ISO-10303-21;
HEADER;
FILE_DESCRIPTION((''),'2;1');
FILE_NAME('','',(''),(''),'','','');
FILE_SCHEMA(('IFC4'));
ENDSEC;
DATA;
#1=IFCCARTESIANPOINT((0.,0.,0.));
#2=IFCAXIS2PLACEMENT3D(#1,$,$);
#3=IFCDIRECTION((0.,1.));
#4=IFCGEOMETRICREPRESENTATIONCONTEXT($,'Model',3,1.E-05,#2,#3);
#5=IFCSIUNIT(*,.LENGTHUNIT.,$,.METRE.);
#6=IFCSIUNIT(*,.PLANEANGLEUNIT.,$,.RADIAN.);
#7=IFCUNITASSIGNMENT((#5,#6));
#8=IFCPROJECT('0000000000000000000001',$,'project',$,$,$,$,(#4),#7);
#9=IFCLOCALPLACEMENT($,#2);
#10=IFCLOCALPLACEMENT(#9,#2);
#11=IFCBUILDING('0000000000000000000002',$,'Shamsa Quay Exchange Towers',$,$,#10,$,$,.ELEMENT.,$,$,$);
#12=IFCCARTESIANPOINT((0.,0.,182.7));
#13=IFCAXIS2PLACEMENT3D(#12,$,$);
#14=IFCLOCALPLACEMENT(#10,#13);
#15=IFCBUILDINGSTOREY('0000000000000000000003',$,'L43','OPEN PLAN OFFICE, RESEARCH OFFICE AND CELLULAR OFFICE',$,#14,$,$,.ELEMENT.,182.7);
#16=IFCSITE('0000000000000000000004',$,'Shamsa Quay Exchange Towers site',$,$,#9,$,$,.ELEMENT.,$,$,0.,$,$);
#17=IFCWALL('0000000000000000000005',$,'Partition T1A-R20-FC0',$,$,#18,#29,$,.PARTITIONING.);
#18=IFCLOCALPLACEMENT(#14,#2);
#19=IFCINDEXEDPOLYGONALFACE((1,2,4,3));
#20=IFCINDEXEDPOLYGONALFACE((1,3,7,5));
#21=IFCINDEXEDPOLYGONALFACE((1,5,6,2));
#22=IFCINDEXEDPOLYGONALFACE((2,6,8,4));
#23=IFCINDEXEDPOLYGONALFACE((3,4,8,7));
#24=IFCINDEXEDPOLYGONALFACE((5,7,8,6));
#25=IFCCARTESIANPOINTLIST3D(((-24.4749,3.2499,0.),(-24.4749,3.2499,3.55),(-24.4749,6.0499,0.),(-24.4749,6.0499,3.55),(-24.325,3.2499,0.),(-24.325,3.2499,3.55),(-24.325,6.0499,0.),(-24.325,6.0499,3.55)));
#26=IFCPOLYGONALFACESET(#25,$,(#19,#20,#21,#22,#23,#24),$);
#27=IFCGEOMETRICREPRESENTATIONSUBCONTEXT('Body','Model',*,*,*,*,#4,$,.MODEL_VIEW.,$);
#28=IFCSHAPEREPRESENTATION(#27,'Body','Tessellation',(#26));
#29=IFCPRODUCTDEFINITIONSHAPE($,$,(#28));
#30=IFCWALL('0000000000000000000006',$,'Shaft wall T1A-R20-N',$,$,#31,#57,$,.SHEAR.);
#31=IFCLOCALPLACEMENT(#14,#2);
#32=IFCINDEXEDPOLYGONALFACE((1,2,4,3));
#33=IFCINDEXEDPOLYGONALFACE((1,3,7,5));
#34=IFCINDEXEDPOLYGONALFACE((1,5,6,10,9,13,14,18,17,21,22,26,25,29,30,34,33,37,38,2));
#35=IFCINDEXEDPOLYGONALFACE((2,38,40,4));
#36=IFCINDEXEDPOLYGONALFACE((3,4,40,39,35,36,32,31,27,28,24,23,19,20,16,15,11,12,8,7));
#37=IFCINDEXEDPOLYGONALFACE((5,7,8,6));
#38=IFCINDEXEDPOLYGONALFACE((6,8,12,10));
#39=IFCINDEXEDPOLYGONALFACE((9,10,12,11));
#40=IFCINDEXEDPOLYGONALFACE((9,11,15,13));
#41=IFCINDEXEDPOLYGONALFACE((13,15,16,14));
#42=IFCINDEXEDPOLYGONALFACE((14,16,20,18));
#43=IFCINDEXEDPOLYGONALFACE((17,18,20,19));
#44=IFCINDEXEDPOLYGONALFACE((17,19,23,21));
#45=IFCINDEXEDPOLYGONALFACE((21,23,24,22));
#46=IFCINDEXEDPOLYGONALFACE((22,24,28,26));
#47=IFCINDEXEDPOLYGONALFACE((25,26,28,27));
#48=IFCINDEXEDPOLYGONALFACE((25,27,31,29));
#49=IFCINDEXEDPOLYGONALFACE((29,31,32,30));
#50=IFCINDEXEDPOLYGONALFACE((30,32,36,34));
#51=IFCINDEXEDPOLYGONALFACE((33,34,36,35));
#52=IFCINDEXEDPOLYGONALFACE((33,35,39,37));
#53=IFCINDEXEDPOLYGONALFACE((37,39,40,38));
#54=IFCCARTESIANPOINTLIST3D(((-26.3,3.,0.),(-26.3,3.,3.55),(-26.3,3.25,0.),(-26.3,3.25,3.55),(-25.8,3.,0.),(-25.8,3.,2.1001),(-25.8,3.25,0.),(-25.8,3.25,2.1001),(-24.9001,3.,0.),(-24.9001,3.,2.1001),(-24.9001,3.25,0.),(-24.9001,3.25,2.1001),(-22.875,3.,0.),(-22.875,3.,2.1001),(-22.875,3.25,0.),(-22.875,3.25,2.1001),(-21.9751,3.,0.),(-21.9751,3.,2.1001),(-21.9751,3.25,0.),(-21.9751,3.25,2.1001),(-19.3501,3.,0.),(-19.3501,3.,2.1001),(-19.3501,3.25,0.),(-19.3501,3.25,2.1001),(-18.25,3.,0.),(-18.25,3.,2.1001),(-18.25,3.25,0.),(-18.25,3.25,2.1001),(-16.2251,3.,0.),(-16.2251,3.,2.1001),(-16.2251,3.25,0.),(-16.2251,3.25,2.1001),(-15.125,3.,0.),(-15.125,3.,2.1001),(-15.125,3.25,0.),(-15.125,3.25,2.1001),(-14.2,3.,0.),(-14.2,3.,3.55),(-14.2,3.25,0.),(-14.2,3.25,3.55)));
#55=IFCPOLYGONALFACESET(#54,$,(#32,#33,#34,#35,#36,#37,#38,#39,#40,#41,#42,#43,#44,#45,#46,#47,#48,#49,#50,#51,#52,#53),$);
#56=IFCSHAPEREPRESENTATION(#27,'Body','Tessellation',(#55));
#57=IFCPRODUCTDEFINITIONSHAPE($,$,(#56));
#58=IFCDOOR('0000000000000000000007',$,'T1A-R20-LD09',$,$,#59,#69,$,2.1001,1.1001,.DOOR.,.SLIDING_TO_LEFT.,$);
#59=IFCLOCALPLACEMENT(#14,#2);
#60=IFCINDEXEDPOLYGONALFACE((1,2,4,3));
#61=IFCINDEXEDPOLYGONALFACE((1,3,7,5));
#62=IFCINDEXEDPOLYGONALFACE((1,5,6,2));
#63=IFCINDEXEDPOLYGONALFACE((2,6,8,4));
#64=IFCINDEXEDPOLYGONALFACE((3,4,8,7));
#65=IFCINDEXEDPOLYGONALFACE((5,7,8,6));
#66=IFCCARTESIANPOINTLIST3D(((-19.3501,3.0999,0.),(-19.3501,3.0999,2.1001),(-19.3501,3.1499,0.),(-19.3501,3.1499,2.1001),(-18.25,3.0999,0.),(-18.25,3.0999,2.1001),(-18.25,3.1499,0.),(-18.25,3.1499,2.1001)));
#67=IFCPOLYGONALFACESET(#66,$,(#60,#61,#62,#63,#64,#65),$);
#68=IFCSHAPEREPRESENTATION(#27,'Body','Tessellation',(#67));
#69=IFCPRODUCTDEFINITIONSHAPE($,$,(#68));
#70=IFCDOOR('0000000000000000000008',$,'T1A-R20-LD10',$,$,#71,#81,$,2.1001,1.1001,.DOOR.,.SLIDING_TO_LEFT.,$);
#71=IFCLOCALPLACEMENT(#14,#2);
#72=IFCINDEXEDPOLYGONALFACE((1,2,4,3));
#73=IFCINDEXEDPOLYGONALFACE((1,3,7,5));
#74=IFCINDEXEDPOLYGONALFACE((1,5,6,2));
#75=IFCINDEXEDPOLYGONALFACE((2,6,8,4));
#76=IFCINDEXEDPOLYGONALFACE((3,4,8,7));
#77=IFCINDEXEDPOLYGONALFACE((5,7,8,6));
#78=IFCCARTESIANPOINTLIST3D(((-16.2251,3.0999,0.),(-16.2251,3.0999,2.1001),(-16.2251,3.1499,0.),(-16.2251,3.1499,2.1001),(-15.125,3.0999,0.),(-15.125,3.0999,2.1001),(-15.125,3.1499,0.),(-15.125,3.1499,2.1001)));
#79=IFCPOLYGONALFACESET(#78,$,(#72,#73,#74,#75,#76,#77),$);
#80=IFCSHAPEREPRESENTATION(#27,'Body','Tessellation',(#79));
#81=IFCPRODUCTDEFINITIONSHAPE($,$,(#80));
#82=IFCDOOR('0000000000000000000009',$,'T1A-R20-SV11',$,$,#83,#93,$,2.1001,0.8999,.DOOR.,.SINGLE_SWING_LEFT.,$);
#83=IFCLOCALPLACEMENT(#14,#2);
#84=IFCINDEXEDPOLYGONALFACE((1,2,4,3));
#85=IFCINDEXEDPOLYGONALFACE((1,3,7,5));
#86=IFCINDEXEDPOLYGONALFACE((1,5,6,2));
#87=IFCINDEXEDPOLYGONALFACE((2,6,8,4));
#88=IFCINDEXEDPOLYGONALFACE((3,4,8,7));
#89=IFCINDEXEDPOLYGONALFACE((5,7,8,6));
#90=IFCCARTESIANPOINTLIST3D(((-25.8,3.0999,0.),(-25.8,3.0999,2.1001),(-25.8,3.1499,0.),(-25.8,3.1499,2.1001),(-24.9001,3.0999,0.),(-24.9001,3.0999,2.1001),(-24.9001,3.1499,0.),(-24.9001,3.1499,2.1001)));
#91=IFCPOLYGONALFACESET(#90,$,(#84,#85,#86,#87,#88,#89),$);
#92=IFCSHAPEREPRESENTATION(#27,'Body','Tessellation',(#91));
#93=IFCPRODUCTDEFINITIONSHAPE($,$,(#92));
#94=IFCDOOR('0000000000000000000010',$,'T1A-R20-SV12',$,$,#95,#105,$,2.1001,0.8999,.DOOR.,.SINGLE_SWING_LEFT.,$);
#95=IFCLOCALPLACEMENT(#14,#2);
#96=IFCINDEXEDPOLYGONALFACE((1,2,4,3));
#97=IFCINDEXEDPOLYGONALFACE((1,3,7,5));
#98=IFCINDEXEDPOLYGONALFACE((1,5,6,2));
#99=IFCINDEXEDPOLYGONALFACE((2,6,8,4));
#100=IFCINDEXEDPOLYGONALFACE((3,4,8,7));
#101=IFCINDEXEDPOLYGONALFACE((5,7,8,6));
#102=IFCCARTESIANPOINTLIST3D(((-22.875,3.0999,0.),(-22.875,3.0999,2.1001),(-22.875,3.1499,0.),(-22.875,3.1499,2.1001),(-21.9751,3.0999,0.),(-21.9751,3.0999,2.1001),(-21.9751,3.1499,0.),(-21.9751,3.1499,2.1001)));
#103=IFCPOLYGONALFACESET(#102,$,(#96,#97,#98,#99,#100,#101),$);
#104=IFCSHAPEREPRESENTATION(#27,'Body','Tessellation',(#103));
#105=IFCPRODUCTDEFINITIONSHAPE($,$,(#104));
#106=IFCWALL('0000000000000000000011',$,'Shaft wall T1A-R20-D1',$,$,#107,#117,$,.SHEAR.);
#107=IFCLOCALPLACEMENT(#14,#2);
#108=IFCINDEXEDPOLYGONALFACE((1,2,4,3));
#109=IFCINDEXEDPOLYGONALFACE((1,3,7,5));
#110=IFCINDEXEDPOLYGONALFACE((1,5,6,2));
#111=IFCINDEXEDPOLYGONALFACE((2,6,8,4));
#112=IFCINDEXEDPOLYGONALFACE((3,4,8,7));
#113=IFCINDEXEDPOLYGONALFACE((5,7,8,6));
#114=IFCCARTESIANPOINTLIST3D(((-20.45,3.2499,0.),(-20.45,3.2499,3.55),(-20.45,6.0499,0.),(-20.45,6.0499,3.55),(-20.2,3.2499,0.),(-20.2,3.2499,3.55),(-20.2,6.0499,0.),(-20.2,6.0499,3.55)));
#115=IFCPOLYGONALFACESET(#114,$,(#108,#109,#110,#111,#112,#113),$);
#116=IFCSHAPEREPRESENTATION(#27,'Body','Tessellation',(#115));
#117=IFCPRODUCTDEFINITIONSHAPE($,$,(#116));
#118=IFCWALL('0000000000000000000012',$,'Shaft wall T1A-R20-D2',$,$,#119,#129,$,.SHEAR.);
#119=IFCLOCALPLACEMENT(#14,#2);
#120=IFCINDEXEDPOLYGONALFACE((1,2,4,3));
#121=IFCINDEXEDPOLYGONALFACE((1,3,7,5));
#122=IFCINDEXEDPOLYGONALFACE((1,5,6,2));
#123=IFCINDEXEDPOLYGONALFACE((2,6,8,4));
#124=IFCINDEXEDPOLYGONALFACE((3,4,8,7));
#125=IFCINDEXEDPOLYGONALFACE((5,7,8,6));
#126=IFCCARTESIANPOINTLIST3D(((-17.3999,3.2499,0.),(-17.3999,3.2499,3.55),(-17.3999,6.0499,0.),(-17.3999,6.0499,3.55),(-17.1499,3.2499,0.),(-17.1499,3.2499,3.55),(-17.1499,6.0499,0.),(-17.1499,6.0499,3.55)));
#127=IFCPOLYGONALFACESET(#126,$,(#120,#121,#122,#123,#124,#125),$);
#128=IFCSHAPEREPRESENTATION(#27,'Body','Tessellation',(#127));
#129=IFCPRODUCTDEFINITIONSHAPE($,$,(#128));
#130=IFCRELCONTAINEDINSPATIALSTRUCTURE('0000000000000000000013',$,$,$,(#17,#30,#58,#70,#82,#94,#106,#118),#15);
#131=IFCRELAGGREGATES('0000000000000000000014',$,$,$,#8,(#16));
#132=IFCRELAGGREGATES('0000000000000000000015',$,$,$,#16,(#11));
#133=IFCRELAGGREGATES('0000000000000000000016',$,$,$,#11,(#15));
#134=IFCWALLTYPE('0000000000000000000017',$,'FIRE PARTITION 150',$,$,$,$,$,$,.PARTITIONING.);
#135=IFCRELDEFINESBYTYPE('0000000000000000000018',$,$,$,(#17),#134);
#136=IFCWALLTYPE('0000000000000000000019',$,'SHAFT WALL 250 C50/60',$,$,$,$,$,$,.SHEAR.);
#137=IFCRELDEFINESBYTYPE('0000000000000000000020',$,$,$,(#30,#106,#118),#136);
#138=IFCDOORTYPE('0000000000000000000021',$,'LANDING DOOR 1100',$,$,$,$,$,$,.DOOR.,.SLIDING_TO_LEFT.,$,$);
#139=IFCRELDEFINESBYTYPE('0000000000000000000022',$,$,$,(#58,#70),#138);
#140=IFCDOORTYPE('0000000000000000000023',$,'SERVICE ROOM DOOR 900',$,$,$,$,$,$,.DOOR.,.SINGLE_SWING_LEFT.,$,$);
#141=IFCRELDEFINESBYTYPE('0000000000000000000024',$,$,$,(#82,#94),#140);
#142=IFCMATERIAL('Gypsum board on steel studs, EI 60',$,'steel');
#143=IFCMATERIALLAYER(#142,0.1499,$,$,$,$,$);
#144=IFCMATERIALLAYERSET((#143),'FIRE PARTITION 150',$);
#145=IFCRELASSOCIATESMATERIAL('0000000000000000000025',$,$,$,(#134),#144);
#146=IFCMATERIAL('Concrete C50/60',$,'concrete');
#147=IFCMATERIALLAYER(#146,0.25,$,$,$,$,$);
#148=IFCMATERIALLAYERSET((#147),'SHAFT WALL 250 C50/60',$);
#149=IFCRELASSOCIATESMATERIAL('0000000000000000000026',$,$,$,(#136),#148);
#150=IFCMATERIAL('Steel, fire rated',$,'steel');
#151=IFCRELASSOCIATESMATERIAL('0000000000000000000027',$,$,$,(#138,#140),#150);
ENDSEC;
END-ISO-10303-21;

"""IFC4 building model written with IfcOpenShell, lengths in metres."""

from ifc_helpers import new_model, si_unit, direction, frame, frame_2d, origin, place, context, subcontext, project, spatial, rectangle, extrude, material, layer, layer_set, type_object, element, fill, save


model = new_model("IFC4")

# Units and contexts
model_context = context("Model", 3, precision=1e-05, world=origin(), true_north=direction((0.0, 1.0)))
body_context = subcontext(model_context, "Body", "Model", "MODEL_VIEW")
ifc_project = project(units=[si_unit("LENGTHUNIT", "METRE"), si_unit("PLANEANGLEUNIT", "RADIAN")], contexts=[model_context])

# Site, building, storey
site_placement = place(None, origin())
site = spatial("IfcSite", under=ifc_project, at=site_placement, Name="Shamsa Quay Exchange Towers site", CompositionType="ELEMENT", RefElevation=0.0)
building_placement = place(site_placement, origin())
building = spatial("IfcBuilding", under=site, at=building_placement, Name="Shamsa Quay Exchange Towers", CompositionType="ELEMENT")
storey_placement = place(building_placement, frame((0.0, 0.0, 182.7)))
storey = spatial("IfcBuildingStorey", under=building, at=storey_placement, Name="L43", Description="OPEN PLAN OFFICE, RESEARCH OFFICE AND CELLULAR OFFICE", CompositionType="ELEMENT", Elevation=182.7)

# Shared definitions
ifc_material_1 = material(Name="Steel, fire rated", Category="steel")

# Wall
ifc_material_2 = material(Name="Gypsum board on steel studs, EI 60", Category="steel")
ifc_layer_1 = layer(ifc_material_2, 0.1499)
ifc_layer_set_1 = layer_set([ifc_layer_1], Name="FIRE PARTITION 150")
wall_type_1 = type_object("IfcWallType", Name="FIRE PARTITION 150", PredefinedType="PARTITIONING", material=ifc_layer_set_1)
wall_1_placement = place(storey_placement, frame((-24.3999, 3.25, 0.0), z_axis=(0.0, 0.0, 1.0), x_axis=(0.0, 1.0, 0.0)))
element("IfcWall", 1, at=wall_1_placement, inside=storey, type_object=wall_type_1, Name="Partition T1A-R20-FC0", PredefinedType="PARTITIONING", context=body_context, shape_type="SweptSolid", body=[
    extrude(rectangle(XDim=2.8, YDim=0.1499, at=frame_2d((1.3999, 0.0))), origin(), (0.0, 0.0, 1.0), 3.55),
])

# Wall, openings, doors
ifc_material_3 = material(Name="Concrete C50/60", Category="concrete")
ifc_layer_2 = layer(ifc_material_3, 0.25)
ifc_layer_set_2 = layer_set([ifc_layer_2], Name="SHAFT WALL 250 C50/60")
wall_type_2 = type_object("IfcWallType", Name="SHAFT WALL 250 C50/60", PredefinedType="SHEAR", material=ifc_layer_set_2)
wall_2_placement = place(storey_placement, frame((-26.3, 3.125, 0.0)))
wall_2 = element("IfcWall", 2, at=wall_2_placement, inside=storey, type_object=wall_type_2, Name="Shaft wall T1A-R20-N", PredefinedType="SHEAR", context=body_context, shape_type="SweptSolid", body=[
    extrude(rectangle(XDim=12.1001, YDim=0.25, at=frame_2d((6.05, 0.0))), origin(), (0.0, 0.0, 1.0), 3.55),
])
opening_1_placement = place(wall_2_placement, frame((6.95, 0.0, 0.0)))
opening_1 = element("IfcOpeningElement", 3, at=opening_1_placement, cuts=wall_2, PredefinedType="OPENING", context=body_context, shape_type="SweptSolid", body=[
    extrude(rectangle(XDim=1.1001, YDim=2.1001, at=frame_2d((0.55, 1.05))), frame((0.0, 0.135, 0.0), z_axis=(0.0, -1.0, 0.0), x_axis=(1.0, 0.0, 0.0)), (0.0, 0.0, 1.0), 0.27),
])
opening_2_placement = place(wall_2_placement, frame((10.075, 0.0, 0.0)))
opening_2 = element("IfcOpeningElement", 4, at=opening_2_placement, cuts=wall_2, PredefinedType="OPENING", context=body_context, shape_type="SweptSolid", body=[
    extrude(rectangle(XDim=1.1001, YDim=2.1001, at=frame_2d((0.55, 1.05))), frame((0.0, 0.135, 0.0), z_axis=(0.0, -1.0, 0.0), x_axis=(1.0, 0.0, 0.0)), (0.0, 0.0, 1.0), 0.27),
])
opening_3_placement = place(wall_2_placement, frame((0.5, 0.0, 0.0)))
opening_3 = element("IfcOpeningElement", 5, at=opening_3_placement, cuts=wall_2, PredefinedType="OPENING", context=body_context, shape_type="SweptSolid", body=[
    extrude(rectangle(XDim=0.8999, YDim=2.1001, at=frame_2d((0.45, 1.05))), frame((0.0, 0.135, 0.0), z_axis=(0.0, -1.0, 0.0), x_axis=(1.0, 0.0, 0.0)), (0.0, 0.0, 1.0), 0.27),
])
opening_4_placement = place(wall_2_placement, frame((3.425, 0.0, 0.0)))
opening_4 = element("IfcOpeningElement", 6, at=opening_4_placement, cuts=wall_2, PredefinedType="OPENING", context=body_context, shape_type="SweptSolid", body=[
    extrude(rectangle(XDim=0.8999, YDim=2.1001, at=frame_2d((0.45, 1.05))), frame((0.0, 0.135, 0.0), z_axis=(0.0, -1.0, 0.0), x_axis=(1.0, 0.0, 0.0)), (0.0, 0.0, 1.0), 0.27),
])
door_type_1 = type_object("IfcDoorType", Name="LANDING DOOR 1100", OperationType="SLIDING_TO_LEFT", PredefinedType="DOOR", material=ifc_material_1)
door_1_placement = place(opening_1_placement, origin())
door_1 = element("IfcDoor", 7, at=door_1_placement, inside=storey, type_object=door_type_1, Name="T1A-R20-LD09", OperationType="SLIDING_TO_LEFT", OverallHeight=2.1001, OverallWidth=1.1001, PredefinedType="DOOR", context=body_context, shape_type="SweptSolid", body=[
    extrude(rectangle(XDim=1.1001, YDim=2.1001, at=frame_2d((0.55, 1.05))), frame((0.0, 0.0249, 0.0), z_axis=(0.0, -1.0, 0.0), x_axis=(1.0, 0.0, 0.0)), (0.0, 0.0, 1.0), 0.05),
])
fill(opening_1, door_1)
door_2_placement = place(opening_2_placement, origin())
door_2 = element("IfcDoor", 8, at=door_2_placement, inside=storey, type_object=door_type_1, Name="T1A-R20-LD10", OperationType="SLIDING_TO_LEFT", OverallHeight=2.1001, OverallWidth=1.1001, PredefinedType="DOOR", context=body_context, shape_type="SweptSolid", body=[
    extrude(rectangle(XDim=1.1001, YDim=2.1001, at=frame_2d((0.55, 1.05))), frame((0.0, 0.0249, 0.0), z_axis=(0.0, -1.0, 0.0), x_axis=(1.0, 0.0, 0.0)), (0.0, 0.0, 1.0), 0.05),
])
fill(opening_2, door_2)
door_type_2 = type_object("IfcDoorType", Name="SERVICE ROOM DOOR 900", OperationType="SINGLE_SWING_LEFT", PredefinedType="DOOR", material=ifc_material_1)
door_3_placement = place(opening_3_placement, origin())
door_3 = element("IfcDoor", 9, at=door_3_placement, inside=storey, type_object=door_type_2, Name="T1A-R20-SV11", OperationType="SINGLE_SWING_LEFT", OverallHeight=2.1001, OverallWidth=0.8999, PredefinedType="DOOR", context=body_context, shape_type="SweptSolid", body=[
    extrude(rectangle(XDim=0.8999, YDim=2.1001, at=frame_2d((0.45, 1.05))), frame((0.0, 0.0249, 0.0), z_axis=(0.0, -1.0, 0.0), x_axis=(1.0, 0.0, 0.0)), (0.0, 0.0, 1.0), 0.05),
])
fill(opening_3, door_3)
door_4_placement = place(opening_4_placement, origin())
door_4 = element("IfcDoor", 10, at=door_4_placement, inside=storey, type_object=door_type_2, Name="T1A-R20-SV12", OperationType="SINGLE_SWING_LEFT", OverallHeight=2.1001, OverallWidth=0.8999, PredefinedType="DOOR", context=body_context, shape_type="SweptSolid", body=[
    extrude(rectangle(XDim=0.8999, YDim=2.1001, at=frame_2d((0.45, 1.05))), frame((0.0, 0.0249, 0.0), z_axis=(0.0, -1.0, 0.0), x_axis=(1.0, 0.0, 0.0)), (0.0, 0.0, 1.0), 0.05),
])
fill(opening_4, door_4)

# Walls
for number, where, z_axis, x_axis, name in (
    (11, (-20.325, 3.25, 0.0), (0.0, 0.0, 1.0), (0.0, 1.0, 0.0), "Shaft wall T1A-R20-D1"),
    (12, (-17.2749, 3.25, 0.0), (0.0, 0.0, 1.0), (0.0, 1.0, 0.0), "Shaft wall T1A-R20-D2"),
):
    element("IfcWall", number, at=place(storey_placement, frame(where, z_axis=z_axis, x_axis=x_axis)), inside=storey, type_object=wall_type_2, Name=name, PredefinedType="SHEAR", context=body_context, shape_type="SweptSolid", body=[
        extrude(rectangle(XDim=2.8, YDim=0.25, at=frame_2d((1.3999, 0.0))), origin(), (0.0, 0.0, 1.0), 3.55),
    ])

save(model, "model.ifc")
